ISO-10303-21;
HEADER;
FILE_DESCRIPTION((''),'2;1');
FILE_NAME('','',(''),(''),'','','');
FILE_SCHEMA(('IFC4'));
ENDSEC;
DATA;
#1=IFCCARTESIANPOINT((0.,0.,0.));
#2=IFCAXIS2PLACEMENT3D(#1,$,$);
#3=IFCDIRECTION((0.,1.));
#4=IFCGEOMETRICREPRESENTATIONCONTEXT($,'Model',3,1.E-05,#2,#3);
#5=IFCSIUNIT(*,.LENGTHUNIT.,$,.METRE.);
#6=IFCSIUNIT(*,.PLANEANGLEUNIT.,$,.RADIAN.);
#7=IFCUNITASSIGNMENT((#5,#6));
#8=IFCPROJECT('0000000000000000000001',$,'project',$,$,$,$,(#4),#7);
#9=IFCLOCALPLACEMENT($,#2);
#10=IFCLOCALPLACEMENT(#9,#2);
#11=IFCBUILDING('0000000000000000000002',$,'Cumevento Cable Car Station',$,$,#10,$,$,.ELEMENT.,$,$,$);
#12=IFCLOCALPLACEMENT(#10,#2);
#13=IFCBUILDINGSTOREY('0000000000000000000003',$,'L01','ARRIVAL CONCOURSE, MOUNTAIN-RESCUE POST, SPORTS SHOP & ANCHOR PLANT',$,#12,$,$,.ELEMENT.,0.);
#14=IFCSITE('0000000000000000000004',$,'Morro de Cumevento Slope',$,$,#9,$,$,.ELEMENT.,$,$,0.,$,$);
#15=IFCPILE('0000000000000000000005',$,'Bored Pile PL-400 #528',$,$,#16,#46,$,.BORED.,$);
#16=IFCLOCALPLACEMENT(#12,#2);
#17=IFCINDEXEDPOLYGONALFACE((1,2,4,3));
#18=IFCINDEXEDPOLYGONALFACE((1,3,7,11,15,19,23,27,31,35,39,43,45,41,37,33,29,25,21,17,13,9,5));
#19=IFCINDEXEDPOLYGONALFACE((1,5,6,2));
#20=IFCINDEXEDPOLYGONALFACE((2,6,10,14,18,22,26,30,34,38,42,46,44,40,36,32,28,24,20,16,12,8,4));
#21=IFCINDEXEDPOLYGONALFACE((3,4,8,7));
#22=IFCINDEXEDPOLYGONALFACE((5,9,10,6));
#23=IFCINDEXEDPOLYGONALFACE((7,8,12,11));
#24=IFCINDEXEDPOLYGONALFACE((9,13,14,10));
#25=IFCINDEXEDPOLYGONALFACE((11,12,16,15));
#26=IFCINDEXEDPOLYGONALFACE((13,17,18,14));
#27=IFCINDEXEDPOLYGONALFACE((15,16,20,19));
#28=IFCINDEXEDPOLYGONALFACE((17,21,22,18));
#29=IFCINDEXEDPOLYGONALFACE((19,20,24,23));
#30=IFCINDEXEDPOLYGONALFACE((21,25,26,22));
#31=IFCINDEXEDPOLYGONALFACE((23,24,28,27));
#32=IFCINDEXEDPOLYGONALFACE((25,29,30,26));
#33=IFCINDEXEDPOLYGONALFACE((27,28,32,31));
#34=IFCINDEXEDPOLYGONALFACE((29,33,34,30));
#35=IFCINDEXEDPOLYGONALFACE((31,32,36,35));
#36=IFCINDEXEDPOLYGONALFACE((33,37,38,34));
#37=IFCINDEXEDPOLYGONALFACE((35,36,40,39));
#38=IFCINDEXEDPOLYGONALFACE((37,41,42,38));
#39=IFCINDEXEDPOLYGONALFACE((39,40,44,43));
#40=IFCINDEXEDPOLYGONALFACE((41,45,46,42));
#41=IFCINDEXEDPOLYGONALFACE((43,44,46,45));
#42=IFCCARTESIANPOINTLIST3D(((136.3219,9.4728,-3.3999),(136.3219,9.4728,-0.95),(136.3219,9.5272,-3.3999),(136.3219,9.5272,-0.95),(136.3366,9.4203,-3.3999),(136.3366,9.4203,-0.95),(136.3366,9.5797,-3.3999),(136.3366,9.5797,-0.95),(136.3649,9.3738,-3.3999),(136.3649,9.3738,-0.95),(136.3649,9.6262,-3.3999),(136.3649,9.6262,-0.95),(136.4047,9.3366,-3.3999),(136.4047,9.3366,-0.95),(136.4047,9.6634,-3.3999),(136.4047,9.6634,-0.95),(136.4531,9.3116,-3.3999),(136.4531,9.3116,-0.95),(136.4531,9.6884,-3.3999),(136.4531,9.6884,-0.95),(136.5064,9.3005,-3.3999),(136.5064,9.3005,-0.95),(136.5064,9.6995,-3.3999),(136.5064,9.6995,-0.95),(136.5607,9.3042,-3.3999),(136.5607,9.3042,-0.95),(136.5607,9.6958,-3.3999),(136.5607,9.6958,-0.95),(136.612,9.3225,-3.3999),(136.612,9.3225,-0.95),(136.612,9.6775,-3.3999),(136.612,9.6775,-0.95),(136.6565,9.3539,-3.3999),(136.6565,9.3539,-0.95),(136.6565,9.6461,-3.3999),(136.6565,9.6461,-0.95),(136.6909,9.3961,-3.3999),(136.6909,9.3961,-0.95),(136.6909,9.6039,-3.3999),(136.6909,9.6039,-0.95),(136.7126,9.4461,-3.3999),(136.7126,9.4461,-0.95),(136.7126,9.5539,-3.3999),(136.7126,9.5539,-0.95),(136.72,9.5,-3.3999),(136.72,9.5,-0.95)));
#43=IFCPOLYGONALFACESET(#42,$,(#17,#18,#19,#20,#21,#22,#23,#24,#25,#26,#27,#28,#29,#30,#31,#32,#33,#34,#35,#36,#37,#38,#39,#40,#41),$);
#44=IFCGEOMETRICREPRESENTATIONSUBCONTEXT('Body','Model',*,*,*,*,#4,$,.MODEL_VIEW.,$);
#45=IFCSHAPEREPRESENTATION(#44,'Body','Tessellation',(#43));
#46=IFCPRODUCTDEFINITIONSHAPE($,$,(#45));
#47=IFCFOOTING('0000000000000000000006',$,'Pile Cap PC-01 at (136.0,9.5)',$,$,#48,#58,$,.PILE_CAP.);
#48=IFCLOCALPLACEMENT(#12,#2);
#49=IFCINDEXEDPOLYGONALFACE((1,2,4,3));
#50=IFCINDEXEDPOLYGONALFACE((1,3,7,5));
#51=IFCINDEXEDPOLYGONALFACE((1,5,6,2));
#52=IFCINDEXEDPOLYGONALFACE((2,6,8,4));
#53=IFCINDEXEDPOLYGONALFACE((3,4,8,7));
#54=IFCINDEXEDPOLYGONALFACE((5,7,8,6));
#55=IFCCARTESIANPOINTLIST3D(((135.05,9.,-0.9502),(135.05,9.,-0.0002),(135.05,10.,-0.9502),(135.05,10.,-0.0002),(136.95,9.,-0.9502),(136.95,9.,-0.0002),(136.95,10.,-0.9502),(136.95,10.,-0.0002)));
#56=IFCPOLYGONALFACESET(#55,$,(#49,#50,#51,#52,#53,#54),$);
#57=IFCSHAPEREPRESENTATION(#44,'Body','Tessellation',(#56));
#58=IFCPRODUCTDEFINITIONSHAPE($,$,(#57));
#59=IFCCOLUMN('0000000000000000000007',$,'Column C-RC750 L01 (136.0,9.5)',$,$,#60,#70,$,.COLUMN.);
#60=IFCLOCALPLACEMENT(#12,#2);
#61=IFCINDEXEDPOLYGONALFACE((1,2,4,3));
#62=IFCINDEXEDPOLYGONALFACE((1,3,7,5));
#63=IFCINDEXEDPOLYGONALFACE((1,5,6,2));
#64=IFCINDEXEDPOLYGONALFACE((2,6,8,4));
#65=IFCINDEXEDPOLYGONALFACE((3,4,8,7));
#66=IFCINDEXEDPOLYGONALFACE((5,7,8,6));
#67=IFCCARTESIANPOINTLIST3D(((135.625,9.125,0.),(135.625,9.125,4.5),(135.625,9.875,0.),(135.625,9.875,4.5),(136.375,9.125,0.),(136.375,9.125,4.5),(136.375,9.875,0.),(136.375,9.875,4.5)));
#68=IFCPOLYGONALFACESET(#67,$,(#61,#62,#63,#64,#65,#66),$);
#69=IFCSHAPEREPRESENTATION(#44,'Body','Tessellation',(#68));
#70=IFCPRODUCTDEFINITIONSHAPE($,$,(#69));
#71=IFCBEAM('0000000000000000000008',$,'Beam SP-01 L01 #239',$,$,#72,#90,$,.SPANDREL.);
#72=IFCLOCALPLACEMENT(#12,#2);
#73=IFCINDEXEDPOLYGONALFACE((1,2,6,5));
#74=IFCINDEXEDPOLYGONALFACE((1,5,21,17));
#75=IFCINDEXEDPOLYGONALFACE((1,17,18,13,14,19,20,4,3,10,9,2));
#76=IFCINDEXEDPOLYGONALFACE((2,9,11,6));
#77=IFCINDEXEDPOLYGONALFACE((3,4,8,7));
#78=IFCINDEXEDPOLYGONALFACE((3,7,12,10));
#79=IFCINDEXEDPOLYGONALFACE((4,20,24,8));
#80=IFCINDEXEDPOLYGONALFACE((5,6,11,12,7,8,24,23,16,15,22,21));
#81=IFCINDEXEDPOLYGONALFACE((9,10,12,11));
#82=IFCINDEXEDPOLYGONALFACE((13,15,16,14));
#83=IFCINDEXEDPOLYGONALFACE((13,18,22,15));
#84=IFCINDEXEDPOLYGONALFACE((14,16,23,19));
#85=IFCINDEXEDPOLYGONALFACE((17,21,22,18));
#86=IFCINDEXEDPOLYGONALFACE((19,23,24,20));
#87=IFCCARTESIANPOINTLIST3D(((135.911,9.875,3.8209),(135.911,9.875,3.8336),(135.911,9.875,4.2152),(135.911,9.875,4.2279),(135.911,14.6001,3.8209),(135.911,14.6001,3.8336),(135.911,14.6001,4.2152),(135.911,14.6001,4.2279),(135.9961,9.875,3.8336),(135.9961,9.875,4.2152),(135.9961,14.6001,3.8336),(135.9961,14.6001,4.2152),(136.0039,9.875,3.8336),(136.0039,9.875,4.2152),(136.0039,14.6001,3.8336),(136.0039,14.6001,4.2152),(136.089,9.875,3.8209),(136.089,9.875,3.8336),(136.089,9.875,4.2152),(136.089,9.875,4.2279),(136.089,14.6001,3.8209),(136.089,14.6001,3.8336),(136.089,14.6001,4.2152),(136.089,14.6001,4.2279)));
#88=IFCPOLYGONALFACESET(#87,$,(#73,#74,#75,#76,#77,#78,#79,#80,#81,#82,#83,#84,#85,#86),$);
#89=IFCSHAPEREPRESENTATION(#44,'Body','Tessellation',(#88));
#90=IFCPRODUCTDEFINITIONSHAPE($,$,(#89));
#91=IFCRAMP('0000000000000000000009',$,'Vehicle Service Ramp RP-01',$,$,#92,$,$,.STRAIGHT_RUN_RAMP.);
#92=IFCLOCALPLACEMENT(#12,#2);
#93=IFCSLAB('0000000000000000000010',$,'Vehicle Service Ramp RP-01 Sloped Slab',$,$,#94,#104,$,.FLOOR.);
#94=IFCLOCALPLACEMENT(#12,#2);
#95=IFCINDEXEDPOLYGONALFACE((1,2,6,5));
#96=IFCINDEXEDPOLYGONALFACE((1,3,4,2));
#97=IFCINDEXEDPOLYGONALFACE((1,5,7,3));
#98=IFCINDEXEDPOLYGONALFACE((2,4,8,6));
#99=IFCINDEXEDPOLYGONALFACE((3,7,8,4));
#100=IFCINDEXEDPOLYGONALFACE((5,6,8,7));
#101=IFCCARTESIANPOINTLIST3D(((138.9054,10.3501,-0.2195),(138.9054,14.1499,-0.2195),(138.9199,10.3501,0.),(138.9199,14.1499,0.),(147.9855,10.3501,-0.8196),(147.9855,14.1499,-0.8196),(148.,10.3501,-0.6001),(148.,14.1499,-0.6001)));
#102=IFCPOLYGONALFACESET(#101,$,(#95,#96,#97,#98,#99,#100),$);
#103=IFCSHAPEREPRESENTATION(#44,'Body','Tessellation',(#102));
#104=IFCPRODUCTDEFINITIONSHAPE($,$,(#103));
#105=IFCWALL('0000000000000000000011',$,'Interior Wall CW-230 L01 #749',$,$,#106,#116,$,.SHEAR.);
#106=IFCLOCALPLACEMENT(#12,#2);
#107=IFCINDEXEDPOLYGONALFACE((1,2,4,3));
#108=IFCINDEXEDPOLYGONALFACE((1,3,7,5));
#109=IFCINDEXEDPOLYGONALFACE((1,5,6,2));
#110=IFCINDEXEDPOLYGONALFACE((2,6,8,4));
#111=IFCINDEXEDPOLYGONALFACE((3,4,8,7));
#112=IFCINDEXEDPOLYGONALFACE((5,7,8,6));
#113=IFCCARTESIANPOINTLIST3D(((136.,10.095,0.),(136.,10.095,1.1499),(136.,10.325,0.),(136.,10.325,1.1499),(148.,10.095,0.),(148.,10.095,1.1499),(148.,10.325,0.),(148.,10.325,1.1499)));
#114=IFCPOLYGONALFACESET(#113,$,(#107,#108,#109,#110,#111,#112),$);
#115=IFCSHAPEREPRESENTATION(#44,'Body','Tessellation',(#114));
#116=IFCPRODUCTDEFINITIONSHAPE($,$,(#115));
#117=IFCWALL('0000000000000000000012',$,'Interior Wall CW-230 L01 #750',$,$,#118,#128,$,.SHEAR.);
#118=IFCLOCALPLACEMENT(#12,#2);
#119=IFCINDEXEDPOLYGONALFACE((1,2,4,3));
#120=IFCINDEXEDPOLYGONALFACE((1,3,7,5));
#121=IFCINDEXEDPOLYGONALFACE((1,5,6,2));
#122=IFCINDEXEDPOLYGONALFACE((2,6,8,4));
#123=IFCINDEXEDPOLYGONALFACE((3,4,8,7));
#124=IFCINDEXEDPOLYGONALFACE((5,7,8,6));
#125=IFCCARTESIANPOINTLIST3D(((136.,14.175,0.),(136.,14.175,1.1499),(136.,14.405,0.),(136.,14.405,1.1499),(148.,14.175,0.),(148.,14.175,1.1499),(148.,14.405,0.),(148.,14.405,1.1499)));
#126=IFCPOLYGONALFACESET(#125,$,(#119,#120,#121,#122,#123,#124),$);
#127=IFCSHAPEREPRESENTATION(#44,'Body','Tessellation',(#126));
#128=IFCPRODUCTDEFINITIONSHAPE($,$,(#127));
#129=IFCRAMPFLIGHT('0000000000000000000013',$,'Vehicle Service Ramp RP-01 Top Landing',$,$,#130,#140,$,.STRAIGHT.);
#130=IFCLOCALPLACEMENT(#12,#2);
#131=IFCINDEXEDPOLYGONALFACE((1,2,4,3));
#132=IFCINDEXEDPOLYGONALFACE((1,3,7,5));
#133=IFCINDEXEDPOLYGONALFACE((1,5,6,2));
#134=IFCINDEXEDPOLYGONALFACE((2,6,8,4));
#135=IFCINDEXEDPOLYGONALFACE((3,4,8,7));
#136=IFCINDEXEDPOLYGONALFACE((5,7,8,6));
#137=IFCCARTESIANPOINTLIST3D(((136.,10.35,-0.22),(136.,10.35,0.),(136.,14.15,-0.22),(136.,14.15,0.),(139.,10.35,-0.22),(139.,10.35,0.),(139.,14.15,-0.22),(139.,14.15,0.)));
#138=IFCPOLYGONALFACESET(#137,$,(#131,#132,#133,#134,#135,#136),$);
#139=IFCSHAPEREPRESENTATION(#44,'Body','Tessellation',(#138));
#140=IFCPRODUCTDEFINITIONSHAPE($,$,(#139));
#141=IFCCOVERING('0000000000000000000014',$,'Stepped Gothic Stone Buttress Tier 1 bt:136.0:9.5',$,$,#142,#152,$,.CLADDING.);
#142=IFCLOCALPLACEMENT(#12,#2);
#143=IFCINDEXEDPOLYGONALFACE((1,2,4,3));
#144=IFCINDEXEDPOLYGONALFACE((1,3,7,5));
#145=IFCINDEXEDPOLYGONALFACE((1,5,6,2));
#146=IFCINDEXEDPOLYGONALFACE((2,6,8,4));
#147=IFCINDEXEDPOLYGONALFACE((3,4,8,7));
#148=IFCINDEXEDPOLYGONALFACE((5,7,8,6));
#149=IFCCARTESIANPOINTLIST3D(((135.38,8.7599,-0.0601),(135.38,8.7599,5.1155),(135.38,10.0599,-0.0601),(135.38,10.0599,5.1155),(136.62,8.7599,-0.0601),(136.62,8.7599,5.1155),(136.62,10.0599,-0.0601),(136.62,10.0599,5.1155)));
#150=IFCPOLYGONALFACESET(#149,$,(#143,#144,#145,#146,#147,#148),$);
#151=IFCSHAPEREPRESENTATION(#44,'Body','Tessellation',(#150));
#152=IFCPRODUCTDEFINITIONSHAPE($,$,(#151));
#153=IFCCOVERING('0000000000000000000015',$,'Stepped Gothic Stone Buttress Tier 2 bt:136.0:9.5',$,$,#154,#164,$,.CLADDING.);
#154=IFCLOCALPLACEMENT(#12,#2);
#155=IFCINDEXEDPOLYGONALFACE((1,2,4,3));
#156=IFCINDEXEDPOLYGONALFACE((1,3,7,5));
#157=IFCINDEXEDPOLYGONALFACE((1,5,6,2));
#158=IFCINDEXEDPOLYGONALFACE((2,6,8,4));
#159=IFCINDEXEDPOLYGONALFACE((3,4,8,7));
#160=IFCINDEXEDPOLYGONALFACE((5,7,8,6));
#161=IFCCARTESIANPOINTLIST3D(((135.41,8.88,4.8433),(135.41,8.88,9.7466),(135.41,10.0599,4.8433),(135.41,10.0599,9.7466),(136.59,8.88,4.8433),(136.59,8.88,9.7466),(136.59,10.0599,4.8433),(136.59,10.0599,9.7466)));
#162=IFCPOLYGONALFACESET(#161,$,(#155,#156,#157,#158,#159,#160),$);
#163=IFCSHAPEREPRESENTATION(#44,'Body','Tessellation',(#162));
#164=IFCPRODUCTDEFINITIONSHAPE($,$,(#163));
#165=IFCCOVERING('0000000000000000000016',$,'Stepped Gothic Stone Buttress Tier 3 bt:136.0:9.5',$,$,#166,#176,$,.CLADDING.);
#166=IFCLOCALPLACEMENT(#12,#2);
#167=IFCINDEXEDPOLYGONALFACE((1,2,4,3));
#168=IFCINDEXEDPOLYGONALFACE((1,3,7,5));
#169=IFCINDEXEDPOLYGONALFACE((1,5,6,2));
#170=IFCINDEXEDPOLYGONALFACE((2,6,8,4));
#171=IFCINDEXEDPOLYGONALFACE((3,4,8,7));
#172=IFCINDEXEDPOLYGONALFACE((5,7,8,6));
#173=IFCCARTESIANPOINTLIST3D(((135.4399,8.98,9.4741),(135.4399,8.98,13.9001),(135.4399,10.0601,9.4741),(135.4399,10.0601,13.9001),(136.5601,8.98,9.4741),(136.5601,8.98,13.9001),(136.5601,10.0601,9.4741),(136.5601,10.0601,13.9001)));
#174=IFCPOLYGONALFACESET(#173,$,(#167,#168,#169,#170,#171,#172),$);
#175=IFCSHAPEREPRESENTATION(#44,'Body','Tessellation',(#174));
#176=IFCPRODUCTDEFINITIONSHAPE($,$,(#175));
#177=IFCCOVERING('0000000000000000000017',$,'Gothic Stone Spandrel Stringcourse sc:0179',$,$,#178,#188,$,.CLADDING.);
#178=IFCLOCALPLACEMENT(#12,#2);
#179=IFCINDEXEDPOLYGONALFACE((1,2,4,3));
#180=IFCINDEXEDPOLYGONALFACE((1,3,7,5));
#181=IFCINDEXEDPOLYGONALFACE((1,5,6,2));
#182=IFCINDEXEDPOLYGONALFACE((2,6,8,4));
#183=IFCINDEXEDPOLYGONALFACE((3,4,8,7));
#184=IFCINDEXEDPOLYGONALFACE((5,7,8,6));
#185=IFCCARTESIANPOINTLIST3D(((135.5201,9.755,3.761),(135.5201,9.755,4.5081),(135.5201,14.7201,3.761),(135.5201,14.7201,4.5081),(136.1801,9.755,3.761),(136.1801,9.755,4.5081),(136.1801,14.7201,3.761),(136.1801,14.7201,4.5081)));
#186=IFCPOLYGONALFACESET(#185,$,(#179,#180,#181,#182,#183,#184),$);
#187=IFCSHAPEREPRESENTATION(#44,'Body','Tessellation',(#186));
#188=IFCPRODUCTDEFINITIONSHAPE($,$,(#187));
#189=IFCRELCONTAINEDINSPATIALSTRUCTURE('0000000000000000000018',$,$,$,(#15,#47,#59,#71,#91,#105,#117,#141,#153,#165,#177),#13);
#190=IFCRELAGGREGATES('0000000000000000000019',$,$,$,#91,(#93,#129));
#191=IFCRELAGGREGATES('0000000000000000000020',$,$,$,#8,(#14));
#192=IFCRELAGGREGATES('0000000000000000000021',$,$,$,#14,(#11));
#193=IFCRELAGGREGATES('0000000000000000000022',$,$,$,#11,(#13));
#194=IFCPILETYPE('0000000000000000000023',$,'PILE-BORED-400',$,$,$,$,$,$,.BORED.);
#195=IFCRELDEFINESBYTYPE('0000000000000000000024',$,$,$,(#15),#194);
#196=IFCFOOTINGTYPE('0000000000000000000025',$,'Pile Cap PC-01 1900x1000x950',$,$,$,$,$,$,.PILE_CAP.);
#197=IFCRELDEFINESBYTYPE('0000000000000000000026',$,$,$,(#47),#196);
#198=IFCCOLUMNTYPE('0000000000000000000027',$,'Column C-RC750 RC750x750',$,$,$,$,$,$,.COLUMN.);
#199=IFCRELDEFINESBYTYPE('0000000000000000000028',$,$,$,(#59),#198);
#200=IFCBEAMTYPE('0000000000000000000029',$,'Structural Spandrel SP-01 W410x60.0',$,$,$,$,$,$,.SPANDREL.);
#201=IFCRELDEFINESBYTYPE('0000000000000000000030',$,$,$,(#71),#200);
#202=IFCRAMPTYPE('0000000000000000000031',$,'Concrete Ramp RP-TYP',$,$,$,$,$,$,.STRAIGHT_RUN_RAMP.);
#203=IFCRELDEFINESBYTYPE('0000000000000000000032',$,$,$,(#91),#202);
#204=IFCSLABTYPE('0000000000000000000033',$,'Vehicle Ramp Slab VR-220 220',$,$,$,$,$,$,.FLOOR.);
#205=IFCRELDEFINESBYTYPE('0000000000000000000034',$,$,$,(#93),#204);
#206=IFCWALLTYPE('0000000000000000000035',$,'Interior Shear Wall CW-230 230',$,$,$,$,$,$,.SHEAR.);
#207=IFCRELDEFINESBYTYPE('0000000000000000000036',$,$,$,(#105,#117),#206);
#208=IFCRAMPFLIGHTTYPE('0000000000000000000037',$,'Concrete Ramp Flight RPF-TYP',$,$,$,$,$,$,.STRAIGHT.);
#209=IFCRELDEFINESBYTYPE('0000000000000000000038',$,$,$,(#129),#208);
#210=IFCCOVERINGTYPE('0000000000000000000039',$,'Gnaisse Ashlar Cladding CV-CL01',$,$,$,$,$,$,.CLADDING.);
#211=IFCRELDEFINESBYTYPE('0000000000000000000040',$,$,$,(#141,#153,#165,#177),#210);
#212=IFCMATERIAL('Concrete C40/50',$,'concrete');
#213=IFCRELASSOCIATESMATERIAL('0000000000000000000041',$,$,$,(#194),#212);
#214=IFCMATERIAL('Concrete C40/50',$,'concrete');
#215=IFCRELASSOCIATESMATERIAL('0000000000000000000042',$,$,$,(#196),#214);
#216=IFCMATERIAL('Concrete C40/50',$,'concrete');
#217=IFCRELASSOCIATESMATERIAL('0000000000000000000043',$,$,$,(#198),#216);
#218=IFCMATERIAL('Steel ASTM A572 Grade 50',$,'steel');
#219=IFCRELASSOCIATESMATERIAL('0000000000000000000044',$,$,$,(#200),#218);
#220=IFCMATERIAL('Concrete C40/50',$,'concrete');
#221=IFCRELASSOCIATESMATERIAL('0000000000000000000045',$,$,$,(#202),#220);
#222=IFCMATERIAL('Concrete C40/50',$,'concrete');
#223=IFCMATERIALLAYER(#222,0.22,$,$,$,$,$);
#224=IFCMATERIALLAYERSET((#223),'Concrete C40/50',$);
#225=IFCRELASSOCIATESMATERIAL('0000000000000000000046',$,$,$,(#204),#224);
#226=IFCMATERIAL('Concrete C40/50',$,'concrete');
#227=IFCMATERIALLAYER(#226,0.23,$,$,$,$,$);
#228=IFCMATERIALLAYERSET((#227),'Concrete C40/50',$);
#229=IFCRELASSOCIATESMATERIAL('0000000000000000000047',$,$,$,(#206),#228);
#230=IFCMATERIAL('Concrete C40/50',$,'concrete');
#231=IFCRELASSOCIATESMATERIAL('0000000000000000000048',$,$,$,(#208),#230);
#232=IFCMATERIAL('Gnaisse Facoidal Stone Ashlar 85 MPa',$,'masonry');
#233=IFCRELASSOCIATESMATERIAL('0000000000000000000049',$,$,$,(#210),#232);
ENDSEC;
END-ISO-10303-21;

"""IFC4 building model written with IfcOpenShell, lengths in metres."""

from ifc_helpers import new_model, si_unit, direction, frame, frame_2d, origin, origin_2d, place, context, subcontext, project, spatial, polyline, rectangle, circle, i_section, outline, extrude, material, layer, layer_set, material_profile, profile_set, type_object, element, aggregate, save


model = new_model("IFC4")

# Units and contexts
model_context = context("Model", 3, precision=1e-05, world=origin(), true_north=direction((0.0, 1.0)))
body_context = subcontext(model_context, "Body", "Model", "MODEL_VIEW")
ifc_project = project(units=[si_unit("LENGTHUNIT", "METRE"), si_unit("PLANEANGLEUNIT", "RADIAN")], contexts=[model_context])

# Site, building, storey
site_placement = place(None, origin())
site = spatial("IfcSite", under=ifc_project, at=site_placement, Name="Morro de Cumevento Slope", CompositionType="ELEMENT", RefElevation=0.0)
building_placement = place(site_placement, origin())
building = spatial("IfcBuilding", under=site, at=building_placement, Name="Cumevento Cable Car Station", CompositionType="ELEMENT")
storey_placement = place(building_placement, origin())
storey = spatial("IfcBuildingStorey", under=building, at=storey_placement, Name="L01", Description="ARRIVAL CONCOURSE, MOUNTAIN-RESCUE POST, SPORTS SHOP & ANCHOR PLANT", CompositionType="ELEMENT", Elevation=0.0)

# Pile
ifc_material_1 = material(Name="Concrete C40/50", Category="concrete")
ifc_material_profile_1 = material_profile(ifc_material_1, circle(Radius=0.2, at=origin_2d()), Name="PILE-D400")
ifc_profile_set_1 = profile_set([ifc_material_profile_1], Name="Concrete C40/50")
pile_type = type_object("IfcPileType", Name="PILE-BORED-400", PredefinedType="BORED", material=ifc_profile_set_1)
pile_placement = place(storey_placement, frame((136.52, 9.5, -0.95), z_axis=(0.0, 0.0, -1.0), x_axis=(1.0, 0.0, 0.0)))
element("IfcPile", 1, at=pile_placement, inside=storey, type_object=pile_type, Name="Bored Pile PL-400 #528", PredefinedType="BORED", context=body_context, shape_type="SweptSolid", body=[
    extrude(circle(Radius=0.2, at=origin_2d()), origin(), (0.0, 0.0, 1.0), 2.45),
])

# Footing
ifc_material_2 = material(Name="Concrete C40/50", Category="concrete")
footing_type = type_object("IfcFootingType", Name="Pile Cap PC-01 1900x1000x950", PredefinedType="PILE_CAP", material=ifc_material_2)
footing_placement = place(storey_placement, frame((136.0, 9.5, -0.9502), z_axis=(0.0, 0.0, 1.0), x_axis=(1.0, 0.0, 0.0)))
element("IfcFooting", 2, at=footing_placement, inside=storey, type_object=footing_type, Name="Pile Cap PC-01 at (136.0,9.5)", PredefinedType="PILE_CAP", context=body_context, shape_type="SweptSolid", body=[
    extrude(rectangle(XDim=1.8999, YDim=1.0, at=origin_2d()), origin(), (0.0, 0.0, 1.0), 0.95),
])

# Column
ifc_material_3 = material(Name="Concrete C40/50", Category="concrete")
ifc_material_profile_2 = material_profile(ifc_material_3, rectangle(XDim=0.75, YDim=0.75, at=origin_2d()), Name="RC750x750")
ifc_profile_set_2 = profile_set([ifc_material_profile_2], Name="Concrete C40/50")
column_type = type_object("IfcColumnType", Name="Column C-RC750 RC750x750", PredefinedType="COLUMN", material=ifc_profile_set_2)
column_placement = place(storey_placement, frame((136.0, 9.5, 0.0), z_axis=(0.0, 0.0, 1.0), x_axis=(1.0, 0.0, 0.0)))
element("IfcColumn", 3, at=column_placement, inside=storey, type_object=column_type, Name="Column C-RC750 L01 (136.0,9.5)", PredefinedType="COLUMN", context=body_context, shape_type="SweptSolid", body=[
    extrude(rectangle(XDim=0.75, YDim=0.75, at=origin_2d()), origin(), (0.0, 0.0, 1.0), 4.5),
])

# Beam
ifc_material_4 = material(Name="Steel ASTM A572 Grade 50", Category="steel")
ifc_material_profile_3 = material_profile(ifc_material_4, i_section(OverallWidth=0.178, OverallDepth=0.407, WebThickness=0.0078, FlangeThickness=0.0127, at=origin_2d()), Name="W410x60.0")
ifc_profile_set_3 = profile_set([ifc_material_profile_3], Name="Steel ASTM A572 Grade 50")
beam_type = type_object("IfcBeamType", Name="Structural Spandrel SP-01 W410x60.0", PredefinedType="SPANDREL", material=ifc_profile_set_3)
beam_placement = place(storey_placement, frame((136.0, 9.875, 4.0244), z_axis=(0.0, 1.0, 0.0), x_axis=(-1.0, 0.0, 0.0)))
element("IfcBeam", 4, at=beam_placement, inside=storey, type_object=beam_type, Name="Beam SP-01 L01 #239", PredefinedType="SPANDREL", context=body_context, shape_type="SweptSolid", body=[
    extrude(i_section(OverallWidth=0.178, OverallDepth=0.407, WebThickness=0.0078, FlangeThickness=0.0127, at=origin_2d()), origin(), (0.0, 0.0, 1.0), 4.7251),
])

# Ramp, slab
ifc_material_5 = material(Name="Concrete C40/50", Category="concrete")
ramp_type = type_object("IfcRampType", Name="Concrete Ramp RP-TYP", PredefinedType="STRAIGHT_RUN_RAMP", material=ifc_material_5)
ramp_placement = place(storey_placement, origin())
ramp = element("IfcRamp", 5, at=ramp_placement, inside=storey, type_object=ramp_type, Name="Vehicle Service Ramp RP-01", PredefinedType="STRAIGHT_RUN_RAMP")
ifc_material_6 = material(Name="Concrete C40/50", Category="concrete")
ifc_layer_1 = layer(ifc_material_6, 0.22)
ifc_layer_set_1 = layer_set([ifc_layer_1], Name="Concrete C40/50")
slab_type = type_object("IfcSlabType", Name="Vehicle Ramp Slab VR-220 220", PredefinedType="FLOOR", material=ifc_layer_set_1)
slab_placement = place(storey_placement, frame((138.9199, 10.3501, 0.0), z_axis=(0.065946, 0.0, 0.997823), x_axis=(0.0, 1.0, 0.0)))
slab = element("IfcSlab", 6, at=slab_placement, type_object=slab_type, Name="Vehicle Service Ramp RP-01 Sloped Slab", PredefinedType="FLOOR", context=body_context, shape_type="SweptSolid", body=[
    extrude(outline(polyline([(0.0, 0.0), (3.7998, 0.0), (3.7998, -9.0999), (0.0, -9.0999), (0.0, 0.0)])), origin(), (0.0, 0.0, -1.0), 0.22),
])

# Walls
ifc_material_7 = material(Name="Concrete C40/50", Category="concrete")
ifc_layer_2 = layer(ifc_material_7, 0.23)
ifc_layer_set_2 = layer_set([ifc_layer_2], Name="Concrete C40/50")
wall_type = type_object("IfcWallType", Name="Interior Shear Wall CW-230 230", PredefinedType="SHEAR", material=ifc_layer_set_2)
for number, where, z_axis, x_axis, name in (
    (7, (136.0, 10.21, 0.0), (0.0, 0.0, 1.0), (1.0, 0.0, 0.0), "Interior Wall CW-230 L01 #749"),
    (8, (136.0, 14.29, 0.0), (0.0, 0.0, 1.0), (1.0, 0.0, 0.0), "Interior Wall CW-230 L01 #750"),
):
    element("IfcWall", number, at=place(storey_placement, frame(where, z_axis=z_axis, x_axis=x_axis)), inside=storey, type_object=wall_type, Name=name, PredefinedType="SHEAR", context=body_context, shape_type="SweptSolid", body=[
        extrude(rectangle(XDim=12.0, YDim=0.23, at=frame_2d((6.0, 0.0))), origin(), (0.0, 0.0, 1.0), 1.1499),
    ])

# Ramp flight
ifc_material_8 = material(Name="Concrete C40/50", Category="concrete")
ramp_flight_type = type_object("IfcRampFlightType", Name="Concrete Ramp Flight RPF-TYP", PredefinedType="STRAIGHT", material=ifc_material_8)
ramp_flight_placement = place(storey_placement, frame((137.5, 12.25, -0.22), z_axis=(0.0, 0.0, 1.0), x_axis=(1.0, 0.0, 0.0)))
ramp_flight = element("IfcRampFlight", 9, at=ramp_flight_placement, type_object=ramp_flight_type, Name="Vehicle Service Ramp RP-01 Top Landing", PredefinedType="STRAIGHT", context=body_context, shape_type="SweptSolid", body=[
    extrude(rectangle(XDim=3.0, YDim=3.8, at=origin_2d()), origin(), (0.0, 0.0, 1.0), 0.22),
])
aggregate(ramp, [slab, ramp_flight])

# Coverings
ifc_material_9 = material(Name="Gnaisse Facoidal Stone Ashlar 85 MPa", Category="masonry")
covering_type = type_object("IfcCoveringType", Name="Gnaisse Ashlar Cladding CV-CL01", PredefinedType="CLADDING", material=ifc_material_9)
covering_1_placement = place(storey_placement, frame((136.0, 9.4099, -0.0601), z_axis=(0.0, 0.0, 1.0), x_axis=(1.0, 0.0, 0.0)))
element("IfcCovering", 10, at=covering_1_placement, inside=storey, type_object=covering_type, Name="Stepped Gothic Stone Buttress Tier 1 bt:136.0:9.5", PredefinedType="CLADDING", context=body_context, shape_type="SweptSolid", body=[
    extrude(rectangle(XDim=1.24, YDim=1.3, at=origin_2d()), origin(), (0.0, 0.0, 1.0), 5.1755),
])
covering_2_placement = place(storey_placement, frame((136.0, 9.47, 4.8433), z_axis=(0.0, 0.0, 1.0), x_axis=(1.0, 0.0, 0.0)))
element("IfcCovering", 11, at=covering_2_placement, inside=storey, type_object=covering_type, Name="Stepped Gothic Stone Buttress Tier 2 bt:136.0:9.5", PredefinedType="CLADDING", context=body_context, shape_type="SweptSolid", body=[
    extrude(rectangle(XDim=1.1799, YDim=1.1799, at=origin_2d()), origin(), (0.0, 0.0, 1.0), 4.9033),
])
covering_3_placement = place(storey_placement, frame((136.0, 9.52, 9.4741), z_axis=(0.0, 0.0, 1.0), x_axis=(1.0, 0.0, 0.0)))
element("IfcCovering", 12, at=covering_3_placement, inside=storey, type_object=covering_type, Name="Stepped Gothic Stone Buttress Tier 3 bt:136.0:9.5", PredefinedType="CLADDING", context=body_context, shape_type="SweptSolid", body=[
    extrude(rectangle(XDim=1.1201, YDim=1.0801, at=origin_2d()), origin(), (0.0, 0.0, 1.0), 4.426),
])
covering_4_placement = place(storey_placement, frame((135.8501, 12.2375, 3.761), z_axis=(0.0, 0.0, 1.0), x_axis=(0.0, -1.0, 0.0)))
element("IfcCovering", 13, at=covering_4_placement, inside=storey, type_object=covering_type, Name="Gothic Stone Spandrel Stringcourse sc:0179", PredefinedType="CLADDING", context=body_context, shape_type="SweptSolid", body=[
    extrude(rectangle(XDim=4.9651, YDim=0.6599, at=origin_2d()), origin(), (0.0, 0.0, 1.0), 0.7471),
])

save(model, "model.ifc")
